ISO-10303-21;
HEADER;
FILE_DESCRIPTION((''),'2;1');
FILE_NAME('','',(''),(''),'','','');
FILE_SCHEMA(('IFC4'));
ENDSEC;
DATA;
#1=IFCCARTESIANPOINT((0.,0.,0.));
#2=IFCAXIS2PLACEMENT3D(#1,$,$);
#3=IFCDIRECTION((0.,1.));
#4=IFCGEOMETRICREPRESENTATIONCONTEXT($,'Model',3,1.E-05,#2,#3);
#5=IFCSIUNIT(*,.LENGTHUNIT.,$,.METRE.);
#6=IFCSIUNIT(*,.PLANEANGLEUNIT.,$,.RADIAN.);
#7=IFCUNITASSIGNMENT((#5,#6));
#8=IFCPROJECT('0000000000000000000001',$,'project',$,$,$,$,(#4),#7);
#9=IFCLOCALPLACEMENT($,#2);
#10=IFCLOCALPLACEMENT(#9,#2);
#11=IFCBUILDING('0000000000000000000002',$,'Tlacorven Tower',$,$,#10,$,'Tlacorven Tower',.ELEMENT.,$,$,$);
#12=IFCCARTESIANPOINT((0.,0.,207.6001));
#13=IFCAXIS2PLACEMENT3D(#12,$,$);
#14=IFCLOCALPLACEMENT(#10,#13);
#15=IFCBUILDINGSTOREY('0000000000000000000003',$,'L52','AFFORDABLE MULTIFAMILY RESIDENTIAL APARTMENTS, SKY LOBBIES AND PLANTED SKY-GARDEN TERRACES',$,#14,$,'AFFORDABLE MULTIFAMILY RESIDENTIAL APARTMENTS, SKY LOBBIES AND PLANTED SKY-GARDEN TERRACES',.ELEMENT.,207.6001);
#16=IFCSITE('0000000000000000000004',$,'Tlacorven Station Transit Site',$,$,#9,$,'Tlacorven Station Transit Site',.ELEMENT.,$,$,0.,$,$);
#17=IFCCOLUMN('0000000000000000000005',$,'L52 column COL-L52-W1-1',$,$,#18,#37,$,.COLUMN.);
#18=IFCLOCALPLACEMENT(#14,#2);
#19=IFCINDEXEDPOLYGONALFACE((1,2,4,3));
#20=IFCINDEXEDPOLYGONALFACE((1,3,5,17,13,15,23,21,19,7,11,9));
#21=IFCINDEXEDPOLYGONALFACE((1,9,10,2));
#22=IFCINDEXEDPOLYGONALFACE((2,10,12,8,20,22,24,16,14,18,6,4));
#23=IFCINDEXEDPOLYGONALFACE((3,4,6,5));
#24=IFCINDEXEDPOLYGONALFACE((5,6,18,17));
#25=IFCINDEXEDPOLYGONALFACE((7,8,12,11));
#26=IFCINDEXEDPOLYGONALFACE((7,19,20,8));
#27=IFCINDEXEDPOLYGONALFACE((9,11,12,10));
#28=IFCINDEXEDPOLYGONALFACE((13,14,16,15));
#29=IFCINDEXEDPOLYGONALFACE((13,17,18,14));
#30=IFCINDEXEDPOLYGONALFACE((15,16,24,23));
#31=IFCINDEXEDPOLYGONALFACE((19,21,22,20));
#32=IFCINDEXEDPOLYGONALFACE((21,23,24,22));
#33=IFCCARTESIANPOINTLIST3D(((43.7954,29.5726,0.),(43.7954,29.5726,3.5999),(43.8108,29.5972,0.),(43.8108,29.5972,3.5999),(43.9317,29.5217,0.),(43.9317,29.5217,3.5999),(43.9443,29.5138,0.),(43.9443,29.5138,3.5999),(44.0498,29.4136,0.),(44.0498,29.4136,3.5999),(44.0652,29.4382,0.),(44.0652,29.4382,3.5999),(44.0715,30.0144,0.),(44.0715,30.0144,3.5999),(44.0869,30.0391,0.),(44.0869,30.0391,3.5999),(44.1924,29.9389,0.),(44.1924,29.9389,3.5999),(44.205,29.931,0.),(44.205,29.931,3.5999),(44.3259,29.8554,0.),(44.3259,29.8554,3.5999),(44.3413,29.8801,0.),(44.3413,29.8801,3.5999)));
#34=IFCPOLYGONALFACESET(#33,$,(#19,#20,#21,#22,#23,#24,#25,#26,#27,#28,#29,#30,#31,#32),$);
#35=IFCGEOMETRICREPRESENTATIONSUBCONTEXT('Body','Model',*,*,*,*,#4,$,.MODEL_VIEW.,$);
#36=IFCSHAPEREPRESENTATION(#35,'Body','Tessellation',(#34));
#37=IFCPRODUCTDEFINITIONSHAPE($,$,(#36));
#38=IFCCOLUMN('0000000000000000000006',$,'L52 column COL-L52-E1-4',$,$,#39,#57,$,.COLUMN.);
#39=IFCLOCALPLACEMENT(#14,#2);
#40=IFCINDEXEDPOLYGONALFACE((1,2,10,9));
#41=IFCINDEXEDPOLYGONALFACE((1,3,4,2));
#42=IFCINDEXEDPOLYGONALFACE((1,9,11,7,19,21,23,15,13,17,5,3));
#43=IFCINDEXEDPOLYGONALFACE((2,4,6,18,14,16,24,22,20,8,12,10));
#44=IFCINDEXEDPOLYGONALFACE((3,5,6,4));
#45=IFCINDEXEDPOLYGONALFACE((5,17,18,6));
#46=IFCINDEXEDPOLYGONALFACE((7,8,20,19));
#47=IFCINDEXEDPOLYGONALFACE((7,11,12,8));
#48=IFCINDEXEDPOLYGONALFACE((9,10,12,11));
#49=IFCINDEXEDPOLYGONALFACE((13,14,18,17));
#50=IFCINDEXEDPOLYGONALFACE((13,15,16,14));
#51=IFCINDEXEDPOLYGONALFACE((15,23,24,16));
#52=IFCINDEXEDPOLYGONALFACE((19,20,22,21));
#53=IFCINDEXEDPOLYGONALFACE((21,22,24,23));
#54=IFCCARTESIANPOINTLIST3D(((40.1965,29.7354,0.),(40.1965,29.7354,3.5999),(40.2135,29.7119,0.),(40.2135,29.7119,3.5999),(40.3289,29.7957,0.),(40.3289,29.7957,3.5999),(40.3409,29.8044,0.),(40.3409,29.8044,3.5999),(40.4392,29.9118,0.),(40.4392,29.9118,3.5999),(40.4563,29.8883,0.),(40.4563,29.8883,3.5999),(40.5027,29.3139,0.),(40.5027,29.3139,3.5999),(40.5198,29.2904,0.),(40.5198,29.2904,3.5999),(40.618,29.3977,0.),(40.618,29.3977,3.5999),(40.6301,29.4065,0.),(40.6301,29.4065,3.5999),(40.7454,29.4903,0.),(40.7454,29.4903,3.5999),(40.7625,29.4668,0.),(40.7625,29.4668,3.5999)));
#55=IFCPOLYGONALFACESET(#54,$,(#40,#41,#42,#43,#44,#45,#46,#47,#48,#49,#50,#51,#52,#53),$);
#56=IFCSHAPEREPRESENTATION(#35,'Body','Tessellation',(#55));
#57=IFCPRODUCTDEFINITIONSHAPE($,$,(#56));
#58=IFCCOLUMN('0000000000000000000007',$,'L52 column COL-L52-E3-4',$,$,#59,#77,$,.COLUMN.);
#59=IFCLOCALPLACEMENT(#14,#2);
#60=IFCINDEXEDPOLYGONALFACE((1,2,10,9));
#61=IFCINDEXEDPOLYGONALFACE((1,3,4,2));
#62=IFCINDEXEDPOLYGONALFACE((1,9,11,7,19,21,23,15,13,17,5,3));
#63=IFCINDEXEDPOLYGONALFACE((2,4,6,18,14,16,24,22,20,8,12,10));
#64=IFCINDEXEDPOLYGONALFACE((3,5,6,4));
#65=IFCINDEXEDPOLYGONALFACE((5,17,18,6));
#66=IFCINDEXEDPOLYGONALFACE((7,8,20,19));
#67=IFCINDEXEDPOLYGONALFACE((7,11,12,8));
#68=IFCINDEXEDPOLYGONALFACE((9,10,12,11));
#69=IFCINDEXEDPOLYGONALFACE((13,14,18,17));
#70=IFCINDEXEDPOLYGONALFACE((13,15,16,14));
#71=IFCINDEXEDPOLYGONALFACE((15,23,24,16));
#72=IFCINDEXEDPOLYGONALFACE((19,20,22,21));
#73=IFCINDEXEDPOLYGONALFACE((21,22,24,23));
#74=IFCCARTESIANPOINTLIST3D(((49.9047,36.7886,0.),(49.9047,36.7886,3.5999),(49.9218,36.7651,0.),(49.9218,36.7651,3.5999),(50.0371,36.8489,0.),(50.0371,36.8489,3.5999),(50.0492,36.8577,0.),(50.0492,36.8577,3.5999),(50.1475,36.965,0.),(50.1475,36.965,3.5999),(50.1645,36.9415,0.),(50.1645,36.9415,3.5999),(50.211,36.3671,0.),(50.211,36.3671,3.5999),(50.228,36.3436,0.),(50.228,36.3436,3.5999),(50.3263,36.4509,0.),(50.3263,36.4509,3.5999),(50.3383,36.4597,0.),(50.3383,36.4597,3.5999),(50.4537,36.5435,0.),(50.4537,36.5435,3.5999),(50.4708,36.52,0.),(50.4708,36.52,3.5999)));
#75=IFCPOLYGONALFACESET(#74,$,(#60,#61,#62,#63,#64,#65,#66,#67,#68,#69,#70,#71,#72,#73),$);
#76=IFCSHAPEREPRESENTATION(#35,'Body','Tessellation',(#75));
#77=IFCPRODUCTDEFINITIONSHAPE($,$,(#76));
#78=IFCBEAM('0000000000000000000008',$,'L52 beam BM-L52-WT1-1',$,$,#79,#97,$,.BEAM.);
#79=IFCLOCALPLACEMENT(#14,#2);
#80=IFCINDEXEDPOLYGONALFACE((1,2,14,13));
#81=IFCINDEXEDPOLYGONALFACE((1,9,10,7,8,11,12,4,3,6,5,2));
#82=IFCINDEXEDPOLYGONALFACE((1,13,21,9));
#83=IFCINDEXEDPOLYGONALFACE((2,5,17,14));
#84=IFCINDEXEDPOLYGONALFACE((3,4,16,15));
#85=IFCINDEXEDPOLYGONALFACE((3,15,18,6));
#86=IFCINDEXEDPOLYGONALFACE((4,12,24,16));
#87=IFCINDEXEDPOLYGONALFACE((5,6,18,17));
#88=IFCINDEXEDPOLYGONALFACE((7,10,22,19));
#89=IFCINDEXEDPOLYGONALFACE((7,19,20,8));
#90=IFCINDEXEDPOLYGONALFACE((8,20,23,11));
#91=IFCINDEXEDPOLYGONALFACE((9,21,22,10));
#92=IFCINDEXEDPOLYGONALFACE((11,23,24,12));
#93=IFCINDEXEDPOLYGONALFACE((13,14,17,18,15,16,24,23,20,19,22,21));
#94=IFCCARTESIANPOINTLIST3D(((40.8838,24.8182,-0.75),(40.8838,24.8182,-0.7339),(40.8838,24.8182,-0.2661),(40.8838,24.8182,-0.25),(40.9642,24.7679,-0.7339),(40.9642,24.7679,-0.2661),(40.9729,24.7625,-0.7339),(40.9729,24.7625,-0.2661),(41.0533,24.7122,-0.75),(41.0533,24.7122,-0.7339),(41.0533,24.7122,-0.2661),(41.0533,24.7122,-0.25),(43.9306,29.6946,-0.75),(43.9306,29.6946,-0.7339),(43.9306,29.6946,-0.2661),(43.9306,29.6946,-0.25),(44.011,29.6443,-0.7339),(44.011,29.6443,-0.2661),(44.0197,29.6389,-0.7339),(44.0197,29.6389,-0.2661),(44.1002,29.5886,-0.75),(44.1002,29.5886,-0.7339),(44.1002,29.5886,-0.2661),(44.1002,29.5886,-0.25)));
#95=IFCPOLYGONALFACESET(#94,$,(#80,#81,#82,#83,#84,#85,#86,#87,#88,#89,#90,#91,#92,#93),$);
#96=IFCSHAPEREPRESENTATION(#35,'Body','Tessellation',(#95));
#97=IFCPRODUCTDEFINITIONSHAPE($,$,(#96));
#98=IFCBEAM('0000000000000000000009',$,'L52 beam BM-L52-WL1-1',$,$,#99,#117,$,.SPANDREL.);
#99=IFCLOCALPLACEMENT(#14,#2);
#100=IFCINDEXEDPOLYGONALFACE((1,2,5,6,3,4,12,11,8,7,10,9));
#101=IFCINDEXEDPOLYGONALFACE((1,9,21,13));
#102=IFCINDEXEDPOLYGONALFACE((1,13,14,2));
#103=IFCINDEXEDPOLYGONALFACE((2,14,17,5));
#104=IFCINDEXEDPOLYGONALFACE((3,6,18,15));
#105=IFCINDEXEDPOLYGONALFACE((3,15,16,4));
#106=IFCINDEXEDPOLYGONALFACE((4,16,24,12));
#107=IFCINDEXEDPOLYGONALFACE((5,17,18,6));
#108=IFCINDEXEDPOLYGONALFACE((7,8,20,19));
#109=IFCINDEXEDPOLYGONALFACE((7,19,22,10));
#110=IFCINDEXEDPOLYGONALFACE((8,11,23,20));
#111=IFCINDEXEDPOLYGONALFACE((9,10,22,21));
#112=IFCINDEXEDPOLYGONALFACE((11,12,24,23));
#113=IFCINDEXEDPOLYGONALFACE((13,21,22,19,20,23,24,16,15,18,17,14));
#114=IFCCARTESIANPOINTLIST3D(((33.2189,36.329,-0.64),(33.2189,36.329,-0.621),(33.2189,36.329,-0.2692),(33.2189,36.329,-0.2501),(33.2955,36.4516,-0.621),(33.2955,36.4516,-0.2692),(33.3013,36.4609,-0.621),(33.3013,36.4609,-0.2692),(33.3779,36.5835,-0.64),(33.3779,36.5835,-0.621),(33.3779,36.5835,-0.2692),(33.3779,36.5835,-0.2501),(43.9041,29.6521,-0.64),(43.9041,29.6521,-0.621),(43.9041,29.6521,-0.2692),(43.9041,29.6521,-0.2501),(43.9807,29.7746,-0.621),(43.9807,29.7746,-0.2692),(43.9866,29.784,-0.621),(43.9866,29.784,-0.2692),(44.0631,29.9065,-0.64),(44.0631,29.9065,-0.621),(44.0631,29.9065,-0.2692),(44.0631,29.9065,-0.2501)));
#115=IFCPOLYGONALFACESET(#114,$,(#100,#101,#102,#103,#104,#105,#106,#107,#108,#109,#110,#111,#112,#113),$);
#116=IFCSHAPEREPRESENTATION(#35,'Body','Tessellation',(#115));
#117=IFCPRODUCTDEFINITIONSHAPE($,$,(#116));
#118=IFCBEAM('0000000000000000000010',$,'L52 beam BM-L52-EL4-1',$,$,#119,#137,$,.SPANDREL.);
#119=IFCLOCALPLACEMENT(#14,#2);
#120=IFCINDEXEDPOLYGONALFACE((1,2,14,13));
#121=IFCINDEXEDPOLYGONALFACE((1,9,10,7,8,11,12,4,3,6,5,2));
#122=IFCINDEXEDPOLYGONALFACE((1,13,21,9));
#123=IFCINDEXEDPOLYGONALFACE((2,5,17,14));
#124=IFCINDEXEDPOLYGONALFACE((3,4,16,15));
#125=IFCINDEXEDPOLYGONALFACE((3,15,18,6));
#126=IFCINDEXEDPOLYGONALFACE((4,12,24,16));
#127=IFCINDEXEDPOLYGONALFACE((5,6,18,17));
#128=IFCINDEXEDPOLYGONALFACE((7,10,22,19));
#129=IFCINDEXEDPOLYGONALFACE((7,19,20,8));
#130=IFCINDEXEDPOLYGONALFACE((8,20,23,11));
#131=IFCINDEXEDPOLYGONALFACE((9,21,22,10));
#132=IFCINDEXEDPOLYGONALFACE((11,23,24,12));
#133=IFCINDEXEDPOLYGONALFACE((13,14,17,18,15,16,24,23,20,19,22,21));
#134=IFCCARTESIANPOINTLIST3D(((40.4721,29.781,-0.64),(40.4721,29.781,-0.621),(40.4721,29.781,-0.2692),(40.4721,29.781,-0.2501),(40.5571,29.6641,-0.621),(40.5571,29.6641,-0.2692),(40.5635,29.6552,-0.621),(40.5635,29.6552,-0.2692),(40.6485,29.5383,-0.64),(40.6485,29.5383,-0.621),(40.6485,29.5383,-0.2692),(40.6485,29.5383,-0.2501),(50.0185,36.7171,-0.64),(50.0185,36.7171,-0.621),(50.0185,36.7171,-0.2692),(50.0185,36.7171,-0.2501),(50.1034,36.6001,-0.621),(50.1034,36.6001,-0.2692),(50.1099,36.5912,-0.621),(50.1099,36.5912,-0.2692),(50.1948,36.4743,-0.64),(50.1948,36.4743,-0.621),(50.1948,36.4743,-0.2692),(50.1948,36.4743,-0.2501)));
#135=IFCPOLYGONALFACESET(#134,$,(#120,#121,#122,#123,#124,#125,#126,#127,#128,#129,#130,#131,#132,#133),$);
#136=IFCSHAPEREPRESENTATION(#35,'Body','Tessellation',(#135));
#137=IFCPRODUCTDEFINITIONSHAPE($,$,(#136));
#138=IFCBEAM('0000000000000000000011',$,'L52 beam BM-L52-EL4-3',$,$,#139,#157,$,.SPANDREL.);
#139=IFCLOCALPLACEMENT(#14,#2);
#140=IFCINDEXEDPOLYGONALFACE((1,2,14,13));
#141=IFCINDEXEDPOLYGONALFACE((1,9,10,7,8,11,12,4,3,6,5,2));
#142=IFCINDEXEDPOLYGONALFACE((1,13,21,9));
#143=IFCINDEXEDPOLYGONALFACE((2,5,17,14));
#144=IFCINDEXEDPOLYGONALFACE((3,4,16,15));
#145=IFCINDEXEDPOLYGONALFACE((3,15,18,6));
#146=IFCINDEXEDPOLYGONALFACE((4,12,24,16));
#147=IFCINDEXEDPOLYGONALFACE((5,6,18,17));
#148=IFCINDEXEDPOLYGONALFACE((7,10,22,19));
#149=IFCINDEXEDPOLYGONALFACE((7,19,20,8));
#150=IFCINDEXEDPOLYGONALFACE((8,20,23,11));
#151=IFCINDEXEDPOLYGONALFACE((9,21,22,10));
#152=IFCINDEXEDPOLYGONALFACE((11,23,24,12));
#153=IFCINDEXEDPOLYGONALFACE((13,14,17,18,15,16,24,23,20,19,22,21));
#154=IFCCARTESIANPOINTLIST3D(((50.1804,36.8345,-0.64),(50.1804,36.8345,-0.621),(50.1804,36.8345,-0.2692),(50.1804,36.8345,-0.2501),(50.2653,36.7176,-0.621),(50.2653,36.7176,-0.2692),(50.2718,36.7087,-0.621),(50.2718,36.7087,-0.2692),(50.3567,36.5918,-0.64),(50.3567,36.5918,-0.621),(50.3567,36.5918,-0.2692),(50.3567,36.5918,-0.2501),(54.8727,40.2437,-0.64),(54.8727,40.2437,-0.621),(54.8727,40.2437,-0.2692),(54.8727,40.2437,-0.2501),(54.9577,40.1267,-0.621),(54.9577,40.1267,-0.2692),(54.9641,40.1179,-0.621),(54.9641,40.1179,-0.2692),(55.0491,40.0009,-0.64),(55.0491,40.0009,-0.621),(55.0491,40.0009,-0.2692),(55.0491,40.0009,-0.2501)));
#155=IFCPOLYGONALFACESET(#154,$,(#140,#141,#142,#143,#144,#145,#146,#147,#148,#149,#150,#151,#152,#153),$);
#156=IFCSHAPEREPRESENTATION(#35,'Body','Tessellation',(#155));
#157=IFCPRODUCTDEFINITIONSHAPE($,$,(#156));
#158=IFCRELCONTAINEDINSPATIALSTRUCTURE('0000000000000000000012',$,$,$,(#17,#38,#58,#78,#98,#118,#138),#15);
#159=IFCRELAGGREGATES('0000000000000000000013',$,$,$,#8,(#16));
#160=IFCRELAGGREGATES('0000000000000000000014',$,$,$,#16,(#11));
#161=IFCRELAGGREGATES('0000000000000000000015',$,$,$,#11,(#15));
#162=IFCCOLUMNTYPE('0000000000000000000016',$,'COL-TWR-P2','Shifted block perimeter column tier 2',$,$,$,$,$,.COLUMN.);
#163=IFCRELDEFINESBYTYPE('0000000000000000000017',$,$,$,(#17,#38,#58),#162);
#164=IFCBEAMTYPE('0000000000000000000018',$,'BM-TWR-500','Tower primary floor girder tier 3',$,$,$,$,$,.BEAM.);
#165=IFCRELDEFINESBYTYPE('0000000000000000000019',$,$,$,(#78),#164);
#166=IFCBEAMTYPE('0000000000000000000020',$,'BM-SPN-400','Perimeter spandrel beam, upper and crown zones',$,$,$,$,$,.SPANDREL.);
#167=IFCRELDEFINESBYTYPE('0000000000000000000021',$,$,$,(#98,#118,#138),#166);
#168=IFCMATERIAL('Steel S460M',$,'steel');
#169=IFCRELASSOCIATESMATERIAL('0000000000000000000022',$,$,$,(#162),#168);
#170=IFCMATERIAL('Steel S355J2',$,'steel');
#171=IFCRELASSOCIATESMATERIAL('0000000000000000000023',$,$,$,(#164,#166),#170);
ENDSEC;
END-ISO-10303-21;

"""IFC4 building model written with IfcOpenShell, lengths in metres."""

from ifc_helpers import new_model, si_unit, direction, frame, origin, origin_2d, place, context, subcontext, project, spatial, i_section, extrude, source, transform, mapped, material, material_profile, profile_set, type_object, element, save


model = new_model("IFC4")

# Units and contexts
model_context = context("Model", 3, precision=1e-05, world=origin(), true_north=direction((0.0, 1.0)))
body_context = subcontext(model_context, "Body", "Model", "MODEL_VIEW")
ifc_project = project(units=[si_unit("LENGTHUNIT", "METRE"), si_unit("PLANEANGLEUNIT", "RADIAN")], contexts=[model_context])

# Site, building, storey
site_placement = place(None, origin())
site = spatial("IfcSite", under=ifc_project, at=site_placement, Name="Tlacorven Station Transit Site", LongName="Tlacorven Station Transit Site", CompositionType="ELEMENT", RefElevation=0.0)
building_placement = place(site_placement, origin())
building = spatial("IfcBuilding", under=site, at=building_placement, Name="Tlacorven Tower", LongName="Tlacorven Tower", CompositionType="ELEMENT")
storey_placement = place(building_placement, frame((0.0, 0.0, 207.6001)))
storey = spatial("IfcBuildingStorey", under=building, at=storey_placement, Name="L52", Description="AFFORDABLE MULTIFAMILY RESIDENTIAL APARTMENTS, SKY LOBBIES AND PLANTED SKY-GARDEN TERRACES", LongName="AFFORDABLE MULTIFAMILY RESIDENTIAL APARTMENTS, SKY LOBBIES AND PLANTED SKY-GARDEN TERRACES", CompositionType="ELEMENT", Elevation=207.6001)

# Columns
ifc_material_1 = material(Name="Steel S460M", Category="steel")
ifc_material_profile_1 = material_profile(ifc_material_1, i_section(OverallWidth=0.3, OverallDepth=0.55, WebThickness=0.0149, FlangeThickness=0.0291, at=origin_2d()), Name="HEB 550")
ifc_profile_set_1 = profile_set([ifc_material_profile_1], Name="Steel S460M")
column_type = type_object("IfcColumnType", Name="COL-TWR-P2", Description="Shifted block perimeter column tier 2", PredefinedType="COLUMN", material=ifc_profile_set_1)
shared_shape_1 = source(origin(), body_context, "Body", "SweptSolid", [
    extrude(i_section(OverallWidth=0.3, OverallDepth=0.55, WebThickness=0.0149, FlangeThickness=0.0291, at=origin_2d()), origin(), (0.0, 0.0, 1.0), 3.5999),
])
for number, where, z_axis, x_axis, name in (
    (1, (44.0684, 29.7263, 0.0), (0.0, 0.0, 1.0), (-0.848048, 0.529919, 0.0), "L52 column COL-L52-W1-1"),
    (2, (40.4795, 29.6011, 0.0), (0.0, 0.0, 1.0), (0.809017, 0.587785, 0.0), "L52 column COL-L52-E1-4"),
    (3, (50.1877, 36.6543, 0.0), (0.0, 0.0, 1.0), (0.809017, 0.587785, 0.0), "L52 column COL-L52-E3-4"),
):
    element("IfcColumn", number, at=place(storey_placement, frame(where, z_axis=z_axis, x_axis=x_axis)), inside=storey, type_object=column_type, Name=name, PredefinedType="COLUMN", context=body_context, shape_type="MappedRepresentation", body=[
        mapped(shared_shape_1, transform((0.0, 0.0, 0.0), scale=1.0)),
    ])

# Beams
ifc_material_2 = material(Name="Steel S355J2", Category="steel")
ifc_material_profile_2 = material_profile(ifc_material_2, i_section(OverallWidth=0.2, OverallDepth=0.5, WebThickness=0.0103, FlangeThickness=0.0161, at=origin_2d()), Name="IPE 500")
ifc_profile_set_2 = profile_set([ifc_material_profile_2], Name="Steel S355J2")
beam_type_1 = type_object("IfcBeamType", Name="BM-TWR-500", Description="Tower primary floor girder tier 3", PredefinedType="BEAM", material=ifc_profile_set_2)
shared_shape_2 = source(origin(), body_context, "Body", "SweptSolid", [
    extrude(i_section(OverallWidth=0.2, OverallDepth=0.5, WebThickness=0.0103, FlangeThickness=0.0161, at=origin_2d()), origin(), (0.0, 0.0, 1.0), 5.75),
])
beam_1_placement = place(storey_placement, frame((44.0154, 29.6416, -0.5), z_axis=(-0.529884, -0.84807, 0.0), x_axis=(0.84807, -0.529884, 0.0)))
element("IfcBeam", 4, at=beam_1_placement, inside=storey, type_object=beam_type_1, Name="L52 beam BM-L52-WT1-1", PredefinedType="BEAM", context=body_context, shape_type="MappedRepresentation", body=[
    mapped(shared_shape_2, transform((0.0, 0.0, 0.0), scale=1.0)),
])
ifc_material_profile_3 = material_profile(ifc_material_2, i_section(OverallWidth=0.3, OverallDepth=0.3899, WebThickness=0.011, FlangeThickness=0.019, at=origin_2d()), Name="HEA 400")
ifc_profile_set_3 = profile_set([ifc_material_profile_3], Name="Steel S355J2")
beam_type_2 = type_object("IfcBeamType", Name="BM-SPN-400", Description="Perimeter spandrel beam, upper and crown zones", PredefinedType="SPANDREL", material=ifc_profile_set_3)
shared_shape_3 = source(origin(), body_context, "Body", "SweptSolid", [
    extrude(i_section(OverallWidth=0.3, OverallDepth=0.3899, WebThickness=0.011, FlangeThickness=0.019, at=origin_2d()), origin(), (0.0, 0.0, 1.0), 12.5999),
])
beam_2_placement = place(storey_placement, frame((43.9836, 29.7793, -0.4451), z_axis=(-0.848045, 0.529924, 0.0), x_axis=(-0.529924, -0.848045, 0.0)))
element("IfcBeam", 5, at=beam_2_placement, inside=storey, type_object=beam_type_2, Name="L52 beam BM-L52-WL1-1", PredefinedType="SPANDREL", context=body_context, shape_type="MappedRepresentation", body=[
    mapped(shared_shape_3, transform((0.0, 0.0, 0.0), scale=1.0)),
])
shared_shape_4 = source(origin(), body_context, "Body", "SweptSolid", [
    extrude(i_section(OverallWidth=0.3, OverallDepth=0.3899, WebThickness=0.011, FlangeThickness=0.019, at=origin_2d()), origin(), (0.0, 0.0, 1.0), 11.8),
])
beam_3_placement = place(storey_placement, frame((40.5603, 29.6597, -0.4451), z_axis=(0.80901, 0.587795, 0.0), x_axis=(-0.587795, 0.80901, 0.0)))
element("IfcBeam", 6, at=beam_3_placement, inside=storey, type_object=beam_type_2, Name="L52 beam BM-L52-EL4-1", PredefinedType="SPANDREL", context=body_context, shape_type="MappedRepresentation", body=[
    mapped(shared_shape_4, transform((0.0, 0.0, 0.0), scale=1.0)),
])
shared_shape_5 = source(origin(), body_context, "Body", "SweptSolid", [
    extrude(i_section(OverallWidth=0.3, OverallDepth=0.3899, WebThickness=0.011, FlangeThickness=0.019, at=origin_2d()), origin(), (0.0, 0.0, 1.0), 5.8),
])
beam_4_placement = place(storey_placement, frame((50.2686, 36.7131, -0.4451), z_axis=(0.80902, 0.587781, 0.0), x_axis=(-0.587781, 0.80902, 0.0)))
element("IfcBeam", 7, at=beam_4_placement, inside=storey, type_object=beam_type_2, Name="L52 beam BM-L52-EL4-3", PredefinedType="SPANDREL", context=body_context, shape_type="MappedRepresentation", body=[
    mapped(shared_shape_5, transform((0.0, 0.0, 0.0), scale=1.0)),
])

save(model, "model.ifc")
